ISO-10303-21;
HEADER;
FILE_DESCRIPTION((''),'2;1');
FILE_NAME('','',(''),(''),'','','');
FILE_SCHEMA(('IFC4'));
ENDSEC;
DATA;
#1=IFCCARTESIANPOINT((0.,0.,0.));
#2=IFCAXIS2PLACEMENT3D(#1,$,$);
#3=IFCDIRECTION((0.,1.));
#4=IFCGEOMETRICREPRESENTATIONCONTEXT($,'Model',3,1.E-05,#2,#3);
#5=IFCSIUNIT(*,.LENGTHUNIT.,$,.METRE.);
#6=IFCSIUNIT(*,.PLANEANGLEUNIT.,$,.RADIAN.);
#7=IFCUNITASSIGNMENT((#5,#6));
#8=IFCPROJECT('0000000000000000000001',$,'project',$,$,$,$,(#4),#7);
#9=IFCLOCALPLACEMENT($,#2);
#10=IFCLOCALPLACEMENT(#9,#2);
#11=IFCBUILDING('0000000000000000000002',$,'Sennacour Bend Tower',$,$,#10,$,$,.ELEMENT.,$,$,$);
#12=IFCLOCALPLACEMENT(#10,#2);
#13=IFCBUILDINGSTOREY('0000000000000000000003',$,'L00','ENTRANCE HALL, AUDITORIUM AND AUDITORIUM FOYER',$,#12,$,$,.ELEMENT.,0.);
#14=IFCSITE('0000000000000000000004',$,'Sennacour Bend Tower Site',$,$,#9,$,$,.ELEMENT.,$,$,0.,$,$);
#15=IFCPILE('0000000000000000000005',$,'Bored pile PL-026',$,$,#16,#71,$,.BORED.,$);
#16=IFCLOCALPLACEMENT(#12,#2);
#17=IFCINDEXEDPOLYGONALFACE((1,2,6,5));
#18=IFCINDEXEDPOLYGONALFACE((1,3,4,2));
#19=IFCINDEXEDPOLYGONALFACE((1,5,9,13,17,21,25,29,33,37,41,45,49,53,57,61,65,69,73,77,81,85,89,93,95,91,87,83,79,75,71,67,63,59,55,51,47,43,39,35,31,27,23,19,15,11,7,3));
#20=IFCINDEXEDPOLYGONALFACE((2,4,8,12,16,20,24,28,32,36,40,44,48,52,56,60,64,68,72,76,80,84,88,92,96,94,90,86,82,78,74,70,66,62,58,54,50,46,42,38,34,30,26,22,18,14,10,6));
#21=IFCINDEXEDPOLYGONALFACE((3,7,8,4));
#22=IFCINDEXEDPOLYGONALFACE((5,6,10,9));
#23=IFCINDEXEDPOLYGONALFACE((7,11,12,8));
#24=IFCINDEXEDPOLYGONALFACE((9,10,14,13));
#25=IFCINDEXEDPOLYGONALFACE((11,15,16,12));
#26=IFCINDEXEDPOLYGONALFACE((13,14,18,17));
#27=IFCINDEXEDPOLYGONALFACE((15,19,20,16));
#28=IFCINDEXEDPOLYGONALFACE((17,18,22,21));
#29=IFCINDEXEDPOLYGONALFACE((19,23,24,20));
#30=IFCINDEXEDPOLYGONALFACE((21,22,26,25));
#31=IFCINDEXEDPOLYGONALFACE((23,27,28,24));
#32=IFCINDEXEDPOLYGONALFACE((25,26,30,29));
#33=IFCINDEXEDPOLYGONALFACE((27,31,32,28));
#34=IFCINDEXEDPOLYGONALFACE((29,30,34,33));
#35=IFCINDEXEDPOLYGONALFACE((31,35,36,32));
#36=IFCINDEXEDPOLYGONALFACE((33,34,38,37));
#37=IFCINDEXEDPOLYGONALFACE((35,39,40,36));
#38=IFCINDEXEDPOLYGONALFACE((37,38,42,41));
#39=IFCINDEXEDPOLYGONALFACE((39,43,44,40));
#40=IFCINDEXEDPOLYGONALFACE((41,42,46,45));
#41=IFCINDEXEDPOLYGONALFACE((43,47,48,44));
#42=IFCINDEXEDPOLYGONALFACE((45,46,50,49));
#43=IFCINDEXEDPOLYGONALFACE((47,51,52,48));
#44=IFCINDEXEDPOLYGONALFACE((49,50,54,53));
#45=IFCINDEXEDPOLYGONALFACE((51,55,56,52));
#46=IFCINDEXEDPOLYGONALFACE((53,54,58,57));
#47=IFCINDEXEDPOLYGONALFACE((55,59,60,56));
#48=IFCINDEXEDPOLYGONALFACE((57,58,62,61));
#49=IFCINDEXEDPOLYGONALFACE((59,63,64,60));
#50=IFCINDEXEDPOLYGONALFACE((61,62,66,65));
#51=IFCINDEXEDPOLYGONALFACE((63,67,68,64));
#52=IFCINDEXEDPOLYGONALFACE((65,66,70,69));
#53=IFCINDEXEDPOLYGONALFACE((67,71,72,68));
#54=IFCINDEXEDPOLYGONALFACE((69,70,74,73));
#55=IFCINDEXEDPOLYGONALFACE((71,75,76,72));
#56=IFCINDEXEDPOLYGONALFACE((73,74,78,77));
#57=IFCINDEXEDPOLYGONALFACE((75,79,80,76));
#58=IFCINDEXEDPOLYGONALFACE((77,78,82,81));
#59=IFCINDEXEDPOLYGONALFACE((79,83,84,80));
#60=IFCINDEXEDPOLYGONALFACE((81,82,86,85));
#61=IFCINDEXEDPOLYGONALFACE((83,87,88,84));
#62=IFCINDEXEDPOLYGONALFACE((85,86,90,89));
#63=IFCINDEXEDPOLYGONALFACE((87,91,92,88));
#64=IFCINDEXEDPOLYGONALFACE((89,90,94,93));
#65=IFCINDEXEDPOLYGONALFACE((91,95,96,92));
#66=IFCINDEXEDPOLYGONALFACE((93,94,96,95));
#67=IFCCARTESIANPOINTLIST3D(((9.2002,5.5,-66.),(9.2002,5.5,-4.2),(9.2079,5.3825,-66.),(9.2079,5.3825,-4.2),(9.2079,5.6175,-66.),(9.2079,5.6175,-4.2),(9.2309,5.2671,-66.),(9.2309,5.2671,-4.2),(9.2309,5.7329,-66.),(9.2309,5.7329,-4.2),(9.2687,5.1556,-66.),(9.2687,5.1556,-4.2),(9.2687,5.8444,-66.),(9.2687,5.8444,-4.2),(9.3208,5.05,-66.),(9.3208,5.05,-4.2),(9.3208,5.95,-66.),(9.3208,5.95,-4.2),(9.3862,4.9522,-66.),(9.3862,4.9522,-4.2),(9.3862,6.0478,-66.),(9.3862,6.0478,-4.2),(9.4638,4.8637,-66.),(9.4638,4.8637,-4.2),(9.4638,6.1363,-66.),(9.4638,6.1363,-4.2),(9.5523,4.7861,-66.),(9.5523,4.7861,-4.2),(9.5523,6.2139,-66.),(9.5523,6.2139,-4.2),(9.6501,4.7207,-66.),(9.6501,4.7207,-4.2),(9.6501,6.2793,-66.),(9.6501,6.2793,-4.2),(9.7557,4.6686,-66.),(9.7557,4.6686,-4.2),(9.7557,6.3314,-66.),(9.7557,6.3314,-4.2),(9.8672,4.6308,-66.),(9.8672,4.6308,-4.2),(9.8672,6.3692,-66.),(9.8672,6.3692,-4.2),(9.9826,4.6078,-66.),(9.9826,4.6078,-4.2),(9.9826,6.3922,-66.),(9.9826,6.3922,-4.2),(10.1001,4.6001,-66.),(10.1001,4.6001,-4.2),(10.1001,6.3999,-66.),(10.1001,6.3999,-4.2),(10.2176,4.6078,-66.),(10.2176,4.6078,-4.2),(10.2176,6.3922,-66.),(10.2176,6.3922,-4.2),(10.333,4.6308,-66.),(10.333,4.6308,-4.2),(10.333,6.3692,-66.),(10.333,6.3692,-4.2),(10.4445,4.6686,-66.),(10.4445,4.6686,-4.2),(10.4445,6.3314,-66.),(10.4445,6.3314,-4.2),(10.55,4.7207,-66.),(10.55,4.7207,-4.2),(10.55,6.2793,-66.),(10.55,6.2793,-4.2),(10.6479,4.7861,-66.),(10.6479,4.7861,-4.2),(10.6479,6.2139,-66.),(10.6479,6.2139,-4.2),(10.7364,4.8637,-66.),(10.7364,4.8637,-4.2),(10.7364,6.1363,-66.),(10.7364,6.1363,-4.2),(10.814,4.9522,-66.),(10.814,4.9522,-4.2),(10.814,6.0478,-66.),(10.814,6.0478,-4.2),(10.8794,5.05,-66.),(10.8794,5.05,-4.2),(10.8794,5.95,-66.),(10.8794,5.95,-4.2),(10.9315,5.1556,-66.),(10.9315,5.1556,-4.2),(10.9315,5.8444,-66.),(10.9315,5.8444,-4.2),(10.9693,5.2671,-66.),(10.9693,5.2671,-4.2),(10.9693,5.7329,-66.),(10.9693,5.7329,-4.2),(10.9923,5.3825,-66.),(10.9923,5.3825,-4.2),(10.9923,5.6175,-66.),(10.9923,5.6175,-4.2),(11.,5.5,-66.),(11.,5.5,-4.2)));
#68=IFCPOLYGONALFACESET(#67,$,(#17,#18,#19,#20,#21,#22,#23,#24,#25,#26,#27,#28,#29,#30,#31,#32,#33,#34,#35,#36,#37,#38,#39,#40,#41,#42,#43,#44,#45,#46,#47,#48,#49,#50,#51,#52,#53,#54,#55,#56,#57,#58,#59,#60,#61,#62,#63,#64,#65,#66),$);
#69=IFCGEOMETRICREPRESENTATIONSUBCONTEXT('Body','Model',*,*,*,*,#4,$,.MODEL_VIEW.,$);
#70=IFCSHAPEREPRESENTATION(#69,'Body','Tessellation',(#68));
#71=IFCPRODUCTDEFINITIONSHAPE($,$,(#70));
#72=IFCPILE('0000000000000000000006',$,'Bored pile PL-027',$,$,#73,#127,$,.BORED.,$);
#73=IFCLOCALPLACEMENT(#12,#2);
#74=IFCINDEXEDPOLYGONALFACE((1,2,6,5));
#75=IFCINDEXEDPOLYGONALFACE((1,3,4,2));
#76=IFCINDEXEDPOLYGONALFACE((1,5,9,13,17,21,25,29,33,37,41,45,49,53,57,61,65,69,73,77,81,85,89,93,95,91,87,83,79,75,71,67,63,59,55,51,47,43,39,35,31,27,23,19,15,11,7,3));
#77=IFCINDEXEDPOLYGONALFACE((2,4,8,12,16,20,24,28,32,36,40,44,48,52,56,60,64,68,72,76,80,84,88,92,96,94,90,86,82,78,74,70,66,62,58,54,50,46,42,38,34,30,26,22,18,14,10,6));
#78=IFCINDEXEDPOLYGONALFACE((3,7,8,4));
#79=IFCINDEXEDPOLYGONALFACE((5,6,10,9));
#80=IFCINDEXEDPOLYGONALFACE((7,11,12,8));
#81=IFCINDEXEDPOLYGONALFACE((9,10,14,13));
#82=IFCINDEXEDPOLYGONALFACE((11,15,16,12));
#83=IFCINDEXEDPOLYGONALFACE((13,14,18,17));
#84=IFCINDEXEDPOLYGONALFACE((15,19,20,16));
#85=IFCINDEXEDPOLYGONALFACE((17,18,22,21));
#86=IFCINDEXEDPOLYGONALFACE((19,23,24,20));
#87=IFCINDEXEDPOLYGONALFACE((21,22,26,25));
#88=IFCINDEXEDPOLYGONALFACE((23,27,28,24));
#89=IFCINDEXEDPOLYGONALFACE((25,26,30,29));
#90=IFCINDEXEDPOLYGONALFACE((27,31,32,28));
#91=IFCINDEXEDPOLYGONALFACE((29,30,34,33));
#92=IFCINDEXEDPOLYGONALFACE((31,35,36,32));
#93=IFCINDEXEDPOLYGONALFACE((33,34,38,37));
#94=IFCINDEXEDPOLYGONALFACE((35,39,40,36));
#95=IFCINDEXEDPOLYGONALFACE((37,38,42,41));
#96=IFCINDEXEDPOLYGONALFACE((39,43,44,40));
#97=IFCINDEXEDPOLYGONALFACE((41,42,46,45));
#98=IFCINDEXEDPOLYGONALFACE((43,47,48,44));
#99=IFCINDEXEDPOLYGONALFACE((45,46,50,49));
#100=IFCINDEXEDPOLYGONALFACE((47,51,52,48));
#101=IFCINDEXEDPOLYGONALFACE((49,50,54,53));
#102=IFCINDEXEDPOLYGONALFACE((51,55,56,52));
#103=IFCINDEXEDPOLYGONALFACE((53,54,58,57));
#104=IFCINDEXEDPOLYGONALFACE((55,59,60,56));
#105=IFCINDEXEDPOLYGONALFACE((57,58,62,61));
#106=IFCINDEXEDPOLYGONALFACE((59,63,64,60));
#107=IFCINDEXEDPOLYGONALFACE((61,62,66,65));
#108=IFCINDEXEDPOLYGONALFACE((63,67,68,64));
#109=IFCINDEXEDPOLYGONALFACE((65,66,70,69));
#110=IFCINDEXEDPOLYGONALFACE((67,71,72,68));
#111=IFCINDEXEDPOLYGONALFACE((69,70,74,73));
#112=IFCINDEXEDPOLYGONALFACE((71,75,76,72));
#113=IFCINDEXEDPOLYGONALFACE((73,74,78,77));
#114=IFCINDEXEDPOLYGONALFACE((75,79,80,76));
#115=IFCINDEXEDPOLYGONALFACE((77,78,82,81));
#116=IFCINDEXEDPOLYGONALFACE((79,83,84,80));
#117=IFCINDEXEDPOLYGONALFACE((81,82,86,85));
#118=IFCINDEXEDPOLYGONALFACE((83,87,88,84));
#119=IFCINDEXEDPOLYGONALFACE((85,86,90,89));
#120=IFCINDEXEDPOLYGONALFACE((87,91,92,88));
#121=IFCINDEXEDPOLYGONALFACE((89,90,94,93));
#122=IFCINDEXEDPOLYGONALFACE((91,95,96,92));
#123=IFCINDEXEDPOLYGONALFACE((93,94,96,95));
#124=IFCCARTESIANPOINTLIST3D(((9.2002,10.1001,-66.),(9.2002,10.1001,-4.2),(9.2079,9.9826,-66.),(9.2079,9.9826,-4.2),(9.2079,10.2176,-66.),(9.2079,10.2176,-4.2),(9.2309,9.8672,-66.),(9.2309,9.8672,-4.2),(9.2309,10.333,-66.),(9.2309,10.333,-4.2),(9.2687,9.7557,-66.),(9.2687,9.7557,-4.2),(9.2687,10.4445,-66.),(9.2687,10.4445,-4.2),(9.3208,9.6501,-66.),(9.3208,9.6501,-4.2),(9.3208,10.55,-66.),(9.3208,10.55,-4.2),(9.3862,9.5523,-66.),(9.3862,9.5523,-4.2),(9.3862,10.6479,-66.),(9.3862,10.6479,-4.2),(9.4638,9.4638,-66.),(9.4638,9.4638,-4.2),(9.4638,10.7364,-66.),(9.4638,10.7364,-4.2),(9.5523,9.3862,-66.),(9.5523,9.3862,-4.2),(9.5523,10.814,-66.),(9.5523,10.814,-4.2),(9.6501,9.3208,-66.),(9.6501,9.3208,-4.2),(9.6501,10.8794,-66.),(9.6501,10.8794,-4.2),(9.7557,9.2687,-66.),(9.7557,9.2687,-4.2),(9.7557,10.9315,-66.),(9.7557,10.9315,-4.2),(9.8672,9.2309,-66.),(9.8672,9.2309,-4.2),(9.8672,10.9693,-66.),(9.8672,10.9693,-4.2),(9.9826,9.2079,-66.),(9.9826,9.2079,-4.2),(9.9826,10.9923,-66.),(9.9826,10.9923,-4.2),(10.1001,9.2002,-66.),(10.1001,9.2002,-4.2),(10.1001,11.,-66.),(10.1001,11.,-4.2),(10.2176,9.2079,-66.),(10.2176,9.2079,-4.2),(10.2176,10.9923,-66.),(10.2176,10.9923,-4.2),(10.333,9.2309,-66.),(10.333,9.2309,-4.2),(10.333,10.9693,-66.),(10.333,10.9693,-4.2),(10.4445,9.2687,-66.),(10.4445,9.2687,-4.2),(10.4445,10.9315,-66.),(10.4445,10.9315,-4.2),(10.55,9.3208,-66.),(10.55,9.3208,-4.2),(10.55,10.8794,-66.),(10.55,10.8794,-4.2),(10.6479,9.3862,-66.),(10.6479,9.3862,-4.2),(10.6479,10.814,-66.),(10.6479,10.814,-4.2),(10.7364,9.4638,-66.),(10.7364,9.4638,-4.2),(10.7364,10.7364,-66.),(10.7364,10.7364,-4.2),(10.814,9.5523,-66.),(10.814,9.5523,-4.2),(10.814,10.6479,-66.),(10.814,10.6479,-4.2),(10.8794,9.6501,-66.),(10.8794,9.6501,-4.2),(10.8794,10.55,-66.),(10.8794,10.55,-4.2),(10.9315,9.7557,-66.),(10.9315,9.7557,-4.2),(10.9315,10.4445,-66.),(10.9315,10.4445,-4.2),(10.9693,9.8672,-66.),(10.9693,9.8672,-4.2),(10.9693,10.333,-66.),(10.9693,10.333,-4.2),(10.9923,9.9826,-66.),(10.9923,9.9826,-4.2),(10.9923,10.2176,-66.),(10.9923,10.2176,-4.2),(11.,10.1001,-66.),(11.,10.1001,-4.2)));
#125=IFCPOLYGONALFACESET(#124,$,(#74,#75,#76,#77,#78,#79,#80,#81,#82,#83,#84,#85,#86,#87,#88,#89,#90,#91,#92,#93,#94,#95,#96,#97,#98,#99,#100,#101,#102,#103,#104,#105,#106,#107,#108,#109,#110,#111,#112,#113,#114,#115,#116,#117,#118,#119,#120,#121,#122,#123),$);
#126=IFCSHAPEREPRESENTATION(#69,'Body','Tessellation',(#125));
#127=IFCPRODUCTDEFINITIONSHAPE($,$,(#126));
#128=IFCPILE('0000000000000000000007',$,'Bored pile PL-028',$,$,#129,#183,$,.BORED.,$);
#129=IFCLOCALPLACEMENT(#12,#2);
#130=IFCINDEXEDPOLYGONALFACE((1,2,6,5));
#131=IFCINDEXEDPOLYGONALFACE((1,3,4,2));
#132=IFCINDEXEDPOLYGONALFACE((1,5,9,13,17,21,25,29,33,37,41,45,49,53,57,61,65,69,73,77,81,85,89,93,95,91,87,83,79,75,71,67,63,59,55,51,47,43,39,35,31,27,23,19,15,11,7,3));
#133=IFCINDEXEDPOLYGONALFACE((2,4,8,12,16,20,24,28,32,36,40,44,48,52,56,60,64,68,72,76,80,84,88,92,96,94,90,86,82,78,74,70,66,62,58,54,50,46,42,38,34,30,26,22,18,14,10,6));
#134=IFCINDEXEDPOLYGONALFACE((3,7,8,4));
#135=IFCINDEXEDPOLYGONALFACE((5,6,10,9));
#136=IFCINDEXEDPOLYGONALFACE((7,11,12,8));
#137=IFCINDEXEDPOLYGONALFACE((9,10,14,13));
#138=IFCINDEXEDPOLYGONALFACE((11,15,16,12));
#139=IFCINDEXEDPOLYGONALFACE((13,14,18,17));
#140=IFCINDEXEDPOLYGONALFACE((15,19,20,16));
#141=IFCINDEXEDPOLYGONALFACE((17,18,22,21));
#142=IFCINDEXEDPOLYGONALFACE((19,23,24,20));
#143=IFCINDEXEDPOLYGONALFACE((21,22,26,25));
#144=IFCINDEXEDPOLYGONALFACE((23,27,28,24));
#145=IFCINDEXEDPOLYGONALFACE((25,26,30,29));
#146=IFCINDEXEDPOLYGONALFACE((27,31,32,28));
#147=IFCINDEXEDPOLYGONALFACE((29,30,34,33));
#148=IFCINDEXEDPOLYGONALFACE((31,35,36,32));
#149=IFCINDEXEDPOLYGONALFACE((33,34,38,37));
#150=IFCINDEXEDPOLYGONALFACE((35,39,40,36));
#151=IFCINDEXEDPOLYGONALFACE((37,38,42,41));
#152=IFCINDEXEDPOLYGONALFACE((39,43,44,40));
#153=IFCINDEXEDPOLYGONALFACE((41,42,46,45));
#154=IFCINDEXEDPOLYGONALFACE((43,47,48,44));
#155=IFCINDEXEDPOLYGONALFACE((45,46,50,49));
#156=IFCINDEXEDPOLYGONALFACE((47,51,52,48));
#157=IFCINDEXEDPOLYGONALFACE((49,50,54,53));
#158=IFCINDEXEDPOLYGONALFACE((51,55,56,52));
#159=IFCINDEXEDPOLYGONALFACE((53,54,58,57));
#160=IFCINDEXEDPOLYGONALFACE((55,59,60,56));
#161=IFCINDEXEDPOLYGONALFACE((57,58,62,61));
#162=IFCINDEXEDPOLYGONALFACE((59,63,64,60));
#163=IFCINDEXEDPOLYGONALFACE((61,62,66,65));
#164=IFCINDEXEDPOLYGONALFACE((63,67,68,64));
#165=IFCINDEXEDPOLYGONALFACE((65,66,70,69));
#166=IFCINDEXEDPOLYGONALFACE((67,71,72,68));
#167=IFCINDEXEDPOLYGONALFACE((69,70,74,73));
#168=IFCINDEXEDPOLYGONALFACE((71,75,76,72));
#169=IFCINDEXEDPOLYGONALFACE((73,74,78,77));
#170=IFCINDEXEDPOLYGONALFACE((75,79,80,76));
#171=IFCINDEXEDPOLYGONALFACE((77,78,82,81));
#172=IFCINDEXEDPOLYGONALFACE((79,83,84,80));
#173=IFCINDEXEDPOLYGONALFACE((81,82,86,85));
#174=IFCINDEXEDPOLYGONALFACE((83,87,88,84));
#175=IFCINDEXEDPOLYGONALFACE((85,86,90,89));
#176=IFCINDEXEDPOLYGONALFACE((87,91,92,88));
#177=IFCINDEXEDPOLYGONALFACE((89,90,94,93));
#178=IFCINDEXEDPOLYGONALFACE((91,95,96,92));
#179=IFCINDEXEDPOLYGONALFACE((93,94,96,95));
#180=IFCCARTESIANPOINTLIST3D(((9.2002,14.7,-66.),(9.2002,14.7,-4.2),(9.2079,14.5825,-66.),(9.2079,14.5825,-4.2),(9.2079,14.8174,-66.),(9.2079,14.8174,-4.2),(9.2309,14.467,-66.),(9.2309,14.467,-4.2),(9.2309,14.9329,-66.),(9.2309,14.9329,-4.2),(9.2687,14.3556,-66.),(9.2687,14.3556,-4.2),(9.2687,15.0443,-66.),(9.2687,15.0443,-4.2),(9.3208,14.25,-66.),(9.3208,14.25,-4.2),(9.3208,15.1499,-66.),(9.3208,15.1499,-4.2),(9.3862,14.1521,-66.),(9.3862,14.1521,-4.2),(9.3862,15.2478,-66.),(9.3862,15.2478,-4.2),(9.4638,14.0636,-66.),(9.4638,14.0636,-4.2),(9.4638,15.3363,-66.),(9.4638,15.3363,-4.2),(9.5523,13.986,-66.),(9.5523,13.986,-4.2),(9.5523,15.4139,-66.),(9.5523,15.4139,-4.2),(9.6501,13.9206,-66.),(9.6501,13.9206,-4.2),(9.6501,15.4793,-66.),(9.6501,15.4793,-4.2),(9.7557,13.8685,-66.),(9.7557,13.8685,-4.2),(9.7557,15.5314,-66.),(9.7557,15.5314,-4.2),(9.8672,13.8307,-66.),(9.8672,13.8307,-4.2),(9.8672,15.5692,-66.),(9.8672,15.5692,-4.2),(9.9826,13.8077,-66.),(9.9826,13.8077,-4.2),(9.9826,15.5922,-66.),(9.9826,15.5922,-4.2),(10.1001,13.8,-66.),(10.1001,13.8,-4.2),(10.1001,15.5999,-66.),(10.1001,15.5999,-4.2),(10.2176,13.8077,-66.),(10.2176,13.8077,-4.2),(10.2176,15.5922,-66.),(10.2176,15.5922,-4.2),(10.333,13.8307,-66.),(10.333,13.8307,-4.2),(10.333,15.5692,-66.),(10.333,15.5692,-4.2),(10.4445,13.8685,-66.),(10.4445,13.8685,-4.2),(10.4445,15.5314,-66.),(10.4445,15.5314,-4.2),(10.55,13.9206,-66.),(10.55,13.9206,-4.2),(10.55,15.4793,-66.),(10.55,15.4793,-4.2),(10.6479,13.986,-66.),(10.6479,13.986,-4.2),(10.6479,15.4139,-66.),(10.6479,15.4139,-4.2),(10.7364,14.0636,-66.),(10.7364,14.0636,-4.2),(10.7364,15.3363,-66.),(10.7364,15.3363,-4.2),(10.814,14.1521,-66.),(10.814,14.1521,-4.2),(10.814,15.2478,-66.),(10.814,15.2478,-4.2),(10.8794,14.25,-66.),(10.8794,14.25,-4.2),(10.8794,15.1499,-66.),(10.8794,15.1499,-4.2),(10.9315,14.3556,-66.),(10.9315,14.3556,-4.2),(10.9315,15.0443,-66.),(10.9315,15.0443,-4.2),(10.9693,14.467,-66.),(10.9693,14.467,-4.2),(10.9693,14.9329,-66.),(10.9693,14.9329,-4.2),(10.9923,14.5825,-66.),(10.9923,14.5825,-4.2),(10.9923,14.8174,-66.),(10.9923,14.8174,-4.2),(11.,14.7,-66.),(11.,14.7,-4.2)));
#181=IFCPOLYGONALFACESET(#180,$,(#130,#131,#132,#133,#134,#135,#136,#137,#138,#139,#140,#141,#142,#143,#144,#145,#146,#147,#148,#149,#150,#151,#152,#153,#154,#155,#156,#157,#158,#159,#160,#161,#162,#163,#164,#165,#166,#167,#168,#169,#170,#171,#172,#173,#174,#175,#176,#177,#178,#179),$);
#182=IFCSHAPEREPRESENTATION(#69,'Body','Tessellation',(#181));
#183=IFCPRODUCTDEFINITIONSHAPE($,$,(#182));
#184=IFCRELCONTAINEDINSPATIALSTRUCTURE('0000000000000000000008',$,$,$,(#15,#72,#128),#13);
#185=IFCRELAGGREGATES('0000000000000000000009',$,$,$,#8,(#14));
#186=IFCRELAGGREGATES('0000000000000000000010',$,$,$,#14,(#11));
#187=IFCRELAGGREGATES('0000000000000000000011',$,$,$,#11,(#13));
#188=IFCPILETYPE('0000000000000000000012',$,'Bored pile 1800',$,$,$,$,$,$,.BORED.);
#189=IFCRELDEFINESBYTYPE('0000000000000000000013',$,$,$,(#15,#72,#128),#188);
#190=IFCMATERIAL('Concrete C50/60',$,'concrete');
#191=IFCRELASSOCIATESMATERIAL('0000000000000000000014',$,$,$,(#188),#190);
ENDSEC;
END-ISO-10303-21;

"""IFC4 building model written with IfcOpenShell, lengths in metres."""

from ifc_helpers import new_model, si_unit, direction, frame, origin, origin_2d, place, context, subcontext, project, spatial, circle, extrude, material, material_profile, profile_set, type_object, element, save


model = new_model("IFC4")

# Units and contexts
model_context = context("Model", 3, precision=1e-05, world=origin(), true_north=direction((0.0, 1.0)))
body_context = subcontext(model_context, "Body", "Model", "MODEL_VIEW")
ifc_project = project(units=[si_unit("LENGTHUNIT", "METRE"), si_unit("PLANEANGLEUNIT", "RADIAN")], contexts=[model_context])

# Site, building, storey
site_placement = place(None, origin())
site = spatial("IfcSite", under=ifc_project, at=site_placement, Name="Sennacour Bend Tower Site", CompositionType="ELEMENT", RefElevation=0.0)
building_placement = place(site_placement, origin())
building = spatial("IfcBuilding", under=site, at=building_placement, Name="Sennacour Bend Tower", CompositionType="ELEMENT")
storey_placement = place(building_placement, origin())
storey = spatial("IfcBuildingStorey", under=building, at=storey_placement, Name="L00", Description="ENTRANCE HALL, AUDITORIUM AND AUDITORIUM FOYER", CompositionType="ELEMENT", Elevation=0.0)

# Piles
ifc_material_1 = material(Name="Concrete C50/60", Category="concrete")
ifc_material_profile_1 = material_profile(ifc_material_1, circle(Radius=0.8999, at=origin_2d()), Name="Concrete C50/60", Category="concrete")
ifc_profile_set_1 = profile_set([ifc_material_profile_1], Name="Concrete C50/60")
pile_type = type_object("IfcPileType", Name="Bored pile 1800", PredefinedType="BORED", material=ifc_profile_set_1)
for number, where, z_axis, x_axis, name in (
    (1, (10.1001, 5.5, -4.2), (0.0, 0.0, -1.0), (1.0, 0.0, 0.0), "Bored pile PL-026"),
    (2, (10.1001, 10.1001, -4.2), (0.0, 0.0, -1.0), (1.0, 0.0, 0.0), "Bored pile PL-027"),
    (3, (10.1001, 14.7, -4.2), (0.0, 0.0, -1.0), (1.0, 0.0, 0.0), "Bored pile PL-028"),
):
    element("IfcPile", number, at=place(storey_placement, frame(where, z_axis=z_axis, x_axis=x_axis)), inside=storey, type_object=pile_type, Name=name, PredefinedType="BORED", context=body_context, shape_type="SweptSolid", body=[
        extrude(circle(Radius=0.8999, at=origin_2d()), origin(), (0.0, 0.0, 1.0), 61.8),
    ])

save(model, "model.ifc")
